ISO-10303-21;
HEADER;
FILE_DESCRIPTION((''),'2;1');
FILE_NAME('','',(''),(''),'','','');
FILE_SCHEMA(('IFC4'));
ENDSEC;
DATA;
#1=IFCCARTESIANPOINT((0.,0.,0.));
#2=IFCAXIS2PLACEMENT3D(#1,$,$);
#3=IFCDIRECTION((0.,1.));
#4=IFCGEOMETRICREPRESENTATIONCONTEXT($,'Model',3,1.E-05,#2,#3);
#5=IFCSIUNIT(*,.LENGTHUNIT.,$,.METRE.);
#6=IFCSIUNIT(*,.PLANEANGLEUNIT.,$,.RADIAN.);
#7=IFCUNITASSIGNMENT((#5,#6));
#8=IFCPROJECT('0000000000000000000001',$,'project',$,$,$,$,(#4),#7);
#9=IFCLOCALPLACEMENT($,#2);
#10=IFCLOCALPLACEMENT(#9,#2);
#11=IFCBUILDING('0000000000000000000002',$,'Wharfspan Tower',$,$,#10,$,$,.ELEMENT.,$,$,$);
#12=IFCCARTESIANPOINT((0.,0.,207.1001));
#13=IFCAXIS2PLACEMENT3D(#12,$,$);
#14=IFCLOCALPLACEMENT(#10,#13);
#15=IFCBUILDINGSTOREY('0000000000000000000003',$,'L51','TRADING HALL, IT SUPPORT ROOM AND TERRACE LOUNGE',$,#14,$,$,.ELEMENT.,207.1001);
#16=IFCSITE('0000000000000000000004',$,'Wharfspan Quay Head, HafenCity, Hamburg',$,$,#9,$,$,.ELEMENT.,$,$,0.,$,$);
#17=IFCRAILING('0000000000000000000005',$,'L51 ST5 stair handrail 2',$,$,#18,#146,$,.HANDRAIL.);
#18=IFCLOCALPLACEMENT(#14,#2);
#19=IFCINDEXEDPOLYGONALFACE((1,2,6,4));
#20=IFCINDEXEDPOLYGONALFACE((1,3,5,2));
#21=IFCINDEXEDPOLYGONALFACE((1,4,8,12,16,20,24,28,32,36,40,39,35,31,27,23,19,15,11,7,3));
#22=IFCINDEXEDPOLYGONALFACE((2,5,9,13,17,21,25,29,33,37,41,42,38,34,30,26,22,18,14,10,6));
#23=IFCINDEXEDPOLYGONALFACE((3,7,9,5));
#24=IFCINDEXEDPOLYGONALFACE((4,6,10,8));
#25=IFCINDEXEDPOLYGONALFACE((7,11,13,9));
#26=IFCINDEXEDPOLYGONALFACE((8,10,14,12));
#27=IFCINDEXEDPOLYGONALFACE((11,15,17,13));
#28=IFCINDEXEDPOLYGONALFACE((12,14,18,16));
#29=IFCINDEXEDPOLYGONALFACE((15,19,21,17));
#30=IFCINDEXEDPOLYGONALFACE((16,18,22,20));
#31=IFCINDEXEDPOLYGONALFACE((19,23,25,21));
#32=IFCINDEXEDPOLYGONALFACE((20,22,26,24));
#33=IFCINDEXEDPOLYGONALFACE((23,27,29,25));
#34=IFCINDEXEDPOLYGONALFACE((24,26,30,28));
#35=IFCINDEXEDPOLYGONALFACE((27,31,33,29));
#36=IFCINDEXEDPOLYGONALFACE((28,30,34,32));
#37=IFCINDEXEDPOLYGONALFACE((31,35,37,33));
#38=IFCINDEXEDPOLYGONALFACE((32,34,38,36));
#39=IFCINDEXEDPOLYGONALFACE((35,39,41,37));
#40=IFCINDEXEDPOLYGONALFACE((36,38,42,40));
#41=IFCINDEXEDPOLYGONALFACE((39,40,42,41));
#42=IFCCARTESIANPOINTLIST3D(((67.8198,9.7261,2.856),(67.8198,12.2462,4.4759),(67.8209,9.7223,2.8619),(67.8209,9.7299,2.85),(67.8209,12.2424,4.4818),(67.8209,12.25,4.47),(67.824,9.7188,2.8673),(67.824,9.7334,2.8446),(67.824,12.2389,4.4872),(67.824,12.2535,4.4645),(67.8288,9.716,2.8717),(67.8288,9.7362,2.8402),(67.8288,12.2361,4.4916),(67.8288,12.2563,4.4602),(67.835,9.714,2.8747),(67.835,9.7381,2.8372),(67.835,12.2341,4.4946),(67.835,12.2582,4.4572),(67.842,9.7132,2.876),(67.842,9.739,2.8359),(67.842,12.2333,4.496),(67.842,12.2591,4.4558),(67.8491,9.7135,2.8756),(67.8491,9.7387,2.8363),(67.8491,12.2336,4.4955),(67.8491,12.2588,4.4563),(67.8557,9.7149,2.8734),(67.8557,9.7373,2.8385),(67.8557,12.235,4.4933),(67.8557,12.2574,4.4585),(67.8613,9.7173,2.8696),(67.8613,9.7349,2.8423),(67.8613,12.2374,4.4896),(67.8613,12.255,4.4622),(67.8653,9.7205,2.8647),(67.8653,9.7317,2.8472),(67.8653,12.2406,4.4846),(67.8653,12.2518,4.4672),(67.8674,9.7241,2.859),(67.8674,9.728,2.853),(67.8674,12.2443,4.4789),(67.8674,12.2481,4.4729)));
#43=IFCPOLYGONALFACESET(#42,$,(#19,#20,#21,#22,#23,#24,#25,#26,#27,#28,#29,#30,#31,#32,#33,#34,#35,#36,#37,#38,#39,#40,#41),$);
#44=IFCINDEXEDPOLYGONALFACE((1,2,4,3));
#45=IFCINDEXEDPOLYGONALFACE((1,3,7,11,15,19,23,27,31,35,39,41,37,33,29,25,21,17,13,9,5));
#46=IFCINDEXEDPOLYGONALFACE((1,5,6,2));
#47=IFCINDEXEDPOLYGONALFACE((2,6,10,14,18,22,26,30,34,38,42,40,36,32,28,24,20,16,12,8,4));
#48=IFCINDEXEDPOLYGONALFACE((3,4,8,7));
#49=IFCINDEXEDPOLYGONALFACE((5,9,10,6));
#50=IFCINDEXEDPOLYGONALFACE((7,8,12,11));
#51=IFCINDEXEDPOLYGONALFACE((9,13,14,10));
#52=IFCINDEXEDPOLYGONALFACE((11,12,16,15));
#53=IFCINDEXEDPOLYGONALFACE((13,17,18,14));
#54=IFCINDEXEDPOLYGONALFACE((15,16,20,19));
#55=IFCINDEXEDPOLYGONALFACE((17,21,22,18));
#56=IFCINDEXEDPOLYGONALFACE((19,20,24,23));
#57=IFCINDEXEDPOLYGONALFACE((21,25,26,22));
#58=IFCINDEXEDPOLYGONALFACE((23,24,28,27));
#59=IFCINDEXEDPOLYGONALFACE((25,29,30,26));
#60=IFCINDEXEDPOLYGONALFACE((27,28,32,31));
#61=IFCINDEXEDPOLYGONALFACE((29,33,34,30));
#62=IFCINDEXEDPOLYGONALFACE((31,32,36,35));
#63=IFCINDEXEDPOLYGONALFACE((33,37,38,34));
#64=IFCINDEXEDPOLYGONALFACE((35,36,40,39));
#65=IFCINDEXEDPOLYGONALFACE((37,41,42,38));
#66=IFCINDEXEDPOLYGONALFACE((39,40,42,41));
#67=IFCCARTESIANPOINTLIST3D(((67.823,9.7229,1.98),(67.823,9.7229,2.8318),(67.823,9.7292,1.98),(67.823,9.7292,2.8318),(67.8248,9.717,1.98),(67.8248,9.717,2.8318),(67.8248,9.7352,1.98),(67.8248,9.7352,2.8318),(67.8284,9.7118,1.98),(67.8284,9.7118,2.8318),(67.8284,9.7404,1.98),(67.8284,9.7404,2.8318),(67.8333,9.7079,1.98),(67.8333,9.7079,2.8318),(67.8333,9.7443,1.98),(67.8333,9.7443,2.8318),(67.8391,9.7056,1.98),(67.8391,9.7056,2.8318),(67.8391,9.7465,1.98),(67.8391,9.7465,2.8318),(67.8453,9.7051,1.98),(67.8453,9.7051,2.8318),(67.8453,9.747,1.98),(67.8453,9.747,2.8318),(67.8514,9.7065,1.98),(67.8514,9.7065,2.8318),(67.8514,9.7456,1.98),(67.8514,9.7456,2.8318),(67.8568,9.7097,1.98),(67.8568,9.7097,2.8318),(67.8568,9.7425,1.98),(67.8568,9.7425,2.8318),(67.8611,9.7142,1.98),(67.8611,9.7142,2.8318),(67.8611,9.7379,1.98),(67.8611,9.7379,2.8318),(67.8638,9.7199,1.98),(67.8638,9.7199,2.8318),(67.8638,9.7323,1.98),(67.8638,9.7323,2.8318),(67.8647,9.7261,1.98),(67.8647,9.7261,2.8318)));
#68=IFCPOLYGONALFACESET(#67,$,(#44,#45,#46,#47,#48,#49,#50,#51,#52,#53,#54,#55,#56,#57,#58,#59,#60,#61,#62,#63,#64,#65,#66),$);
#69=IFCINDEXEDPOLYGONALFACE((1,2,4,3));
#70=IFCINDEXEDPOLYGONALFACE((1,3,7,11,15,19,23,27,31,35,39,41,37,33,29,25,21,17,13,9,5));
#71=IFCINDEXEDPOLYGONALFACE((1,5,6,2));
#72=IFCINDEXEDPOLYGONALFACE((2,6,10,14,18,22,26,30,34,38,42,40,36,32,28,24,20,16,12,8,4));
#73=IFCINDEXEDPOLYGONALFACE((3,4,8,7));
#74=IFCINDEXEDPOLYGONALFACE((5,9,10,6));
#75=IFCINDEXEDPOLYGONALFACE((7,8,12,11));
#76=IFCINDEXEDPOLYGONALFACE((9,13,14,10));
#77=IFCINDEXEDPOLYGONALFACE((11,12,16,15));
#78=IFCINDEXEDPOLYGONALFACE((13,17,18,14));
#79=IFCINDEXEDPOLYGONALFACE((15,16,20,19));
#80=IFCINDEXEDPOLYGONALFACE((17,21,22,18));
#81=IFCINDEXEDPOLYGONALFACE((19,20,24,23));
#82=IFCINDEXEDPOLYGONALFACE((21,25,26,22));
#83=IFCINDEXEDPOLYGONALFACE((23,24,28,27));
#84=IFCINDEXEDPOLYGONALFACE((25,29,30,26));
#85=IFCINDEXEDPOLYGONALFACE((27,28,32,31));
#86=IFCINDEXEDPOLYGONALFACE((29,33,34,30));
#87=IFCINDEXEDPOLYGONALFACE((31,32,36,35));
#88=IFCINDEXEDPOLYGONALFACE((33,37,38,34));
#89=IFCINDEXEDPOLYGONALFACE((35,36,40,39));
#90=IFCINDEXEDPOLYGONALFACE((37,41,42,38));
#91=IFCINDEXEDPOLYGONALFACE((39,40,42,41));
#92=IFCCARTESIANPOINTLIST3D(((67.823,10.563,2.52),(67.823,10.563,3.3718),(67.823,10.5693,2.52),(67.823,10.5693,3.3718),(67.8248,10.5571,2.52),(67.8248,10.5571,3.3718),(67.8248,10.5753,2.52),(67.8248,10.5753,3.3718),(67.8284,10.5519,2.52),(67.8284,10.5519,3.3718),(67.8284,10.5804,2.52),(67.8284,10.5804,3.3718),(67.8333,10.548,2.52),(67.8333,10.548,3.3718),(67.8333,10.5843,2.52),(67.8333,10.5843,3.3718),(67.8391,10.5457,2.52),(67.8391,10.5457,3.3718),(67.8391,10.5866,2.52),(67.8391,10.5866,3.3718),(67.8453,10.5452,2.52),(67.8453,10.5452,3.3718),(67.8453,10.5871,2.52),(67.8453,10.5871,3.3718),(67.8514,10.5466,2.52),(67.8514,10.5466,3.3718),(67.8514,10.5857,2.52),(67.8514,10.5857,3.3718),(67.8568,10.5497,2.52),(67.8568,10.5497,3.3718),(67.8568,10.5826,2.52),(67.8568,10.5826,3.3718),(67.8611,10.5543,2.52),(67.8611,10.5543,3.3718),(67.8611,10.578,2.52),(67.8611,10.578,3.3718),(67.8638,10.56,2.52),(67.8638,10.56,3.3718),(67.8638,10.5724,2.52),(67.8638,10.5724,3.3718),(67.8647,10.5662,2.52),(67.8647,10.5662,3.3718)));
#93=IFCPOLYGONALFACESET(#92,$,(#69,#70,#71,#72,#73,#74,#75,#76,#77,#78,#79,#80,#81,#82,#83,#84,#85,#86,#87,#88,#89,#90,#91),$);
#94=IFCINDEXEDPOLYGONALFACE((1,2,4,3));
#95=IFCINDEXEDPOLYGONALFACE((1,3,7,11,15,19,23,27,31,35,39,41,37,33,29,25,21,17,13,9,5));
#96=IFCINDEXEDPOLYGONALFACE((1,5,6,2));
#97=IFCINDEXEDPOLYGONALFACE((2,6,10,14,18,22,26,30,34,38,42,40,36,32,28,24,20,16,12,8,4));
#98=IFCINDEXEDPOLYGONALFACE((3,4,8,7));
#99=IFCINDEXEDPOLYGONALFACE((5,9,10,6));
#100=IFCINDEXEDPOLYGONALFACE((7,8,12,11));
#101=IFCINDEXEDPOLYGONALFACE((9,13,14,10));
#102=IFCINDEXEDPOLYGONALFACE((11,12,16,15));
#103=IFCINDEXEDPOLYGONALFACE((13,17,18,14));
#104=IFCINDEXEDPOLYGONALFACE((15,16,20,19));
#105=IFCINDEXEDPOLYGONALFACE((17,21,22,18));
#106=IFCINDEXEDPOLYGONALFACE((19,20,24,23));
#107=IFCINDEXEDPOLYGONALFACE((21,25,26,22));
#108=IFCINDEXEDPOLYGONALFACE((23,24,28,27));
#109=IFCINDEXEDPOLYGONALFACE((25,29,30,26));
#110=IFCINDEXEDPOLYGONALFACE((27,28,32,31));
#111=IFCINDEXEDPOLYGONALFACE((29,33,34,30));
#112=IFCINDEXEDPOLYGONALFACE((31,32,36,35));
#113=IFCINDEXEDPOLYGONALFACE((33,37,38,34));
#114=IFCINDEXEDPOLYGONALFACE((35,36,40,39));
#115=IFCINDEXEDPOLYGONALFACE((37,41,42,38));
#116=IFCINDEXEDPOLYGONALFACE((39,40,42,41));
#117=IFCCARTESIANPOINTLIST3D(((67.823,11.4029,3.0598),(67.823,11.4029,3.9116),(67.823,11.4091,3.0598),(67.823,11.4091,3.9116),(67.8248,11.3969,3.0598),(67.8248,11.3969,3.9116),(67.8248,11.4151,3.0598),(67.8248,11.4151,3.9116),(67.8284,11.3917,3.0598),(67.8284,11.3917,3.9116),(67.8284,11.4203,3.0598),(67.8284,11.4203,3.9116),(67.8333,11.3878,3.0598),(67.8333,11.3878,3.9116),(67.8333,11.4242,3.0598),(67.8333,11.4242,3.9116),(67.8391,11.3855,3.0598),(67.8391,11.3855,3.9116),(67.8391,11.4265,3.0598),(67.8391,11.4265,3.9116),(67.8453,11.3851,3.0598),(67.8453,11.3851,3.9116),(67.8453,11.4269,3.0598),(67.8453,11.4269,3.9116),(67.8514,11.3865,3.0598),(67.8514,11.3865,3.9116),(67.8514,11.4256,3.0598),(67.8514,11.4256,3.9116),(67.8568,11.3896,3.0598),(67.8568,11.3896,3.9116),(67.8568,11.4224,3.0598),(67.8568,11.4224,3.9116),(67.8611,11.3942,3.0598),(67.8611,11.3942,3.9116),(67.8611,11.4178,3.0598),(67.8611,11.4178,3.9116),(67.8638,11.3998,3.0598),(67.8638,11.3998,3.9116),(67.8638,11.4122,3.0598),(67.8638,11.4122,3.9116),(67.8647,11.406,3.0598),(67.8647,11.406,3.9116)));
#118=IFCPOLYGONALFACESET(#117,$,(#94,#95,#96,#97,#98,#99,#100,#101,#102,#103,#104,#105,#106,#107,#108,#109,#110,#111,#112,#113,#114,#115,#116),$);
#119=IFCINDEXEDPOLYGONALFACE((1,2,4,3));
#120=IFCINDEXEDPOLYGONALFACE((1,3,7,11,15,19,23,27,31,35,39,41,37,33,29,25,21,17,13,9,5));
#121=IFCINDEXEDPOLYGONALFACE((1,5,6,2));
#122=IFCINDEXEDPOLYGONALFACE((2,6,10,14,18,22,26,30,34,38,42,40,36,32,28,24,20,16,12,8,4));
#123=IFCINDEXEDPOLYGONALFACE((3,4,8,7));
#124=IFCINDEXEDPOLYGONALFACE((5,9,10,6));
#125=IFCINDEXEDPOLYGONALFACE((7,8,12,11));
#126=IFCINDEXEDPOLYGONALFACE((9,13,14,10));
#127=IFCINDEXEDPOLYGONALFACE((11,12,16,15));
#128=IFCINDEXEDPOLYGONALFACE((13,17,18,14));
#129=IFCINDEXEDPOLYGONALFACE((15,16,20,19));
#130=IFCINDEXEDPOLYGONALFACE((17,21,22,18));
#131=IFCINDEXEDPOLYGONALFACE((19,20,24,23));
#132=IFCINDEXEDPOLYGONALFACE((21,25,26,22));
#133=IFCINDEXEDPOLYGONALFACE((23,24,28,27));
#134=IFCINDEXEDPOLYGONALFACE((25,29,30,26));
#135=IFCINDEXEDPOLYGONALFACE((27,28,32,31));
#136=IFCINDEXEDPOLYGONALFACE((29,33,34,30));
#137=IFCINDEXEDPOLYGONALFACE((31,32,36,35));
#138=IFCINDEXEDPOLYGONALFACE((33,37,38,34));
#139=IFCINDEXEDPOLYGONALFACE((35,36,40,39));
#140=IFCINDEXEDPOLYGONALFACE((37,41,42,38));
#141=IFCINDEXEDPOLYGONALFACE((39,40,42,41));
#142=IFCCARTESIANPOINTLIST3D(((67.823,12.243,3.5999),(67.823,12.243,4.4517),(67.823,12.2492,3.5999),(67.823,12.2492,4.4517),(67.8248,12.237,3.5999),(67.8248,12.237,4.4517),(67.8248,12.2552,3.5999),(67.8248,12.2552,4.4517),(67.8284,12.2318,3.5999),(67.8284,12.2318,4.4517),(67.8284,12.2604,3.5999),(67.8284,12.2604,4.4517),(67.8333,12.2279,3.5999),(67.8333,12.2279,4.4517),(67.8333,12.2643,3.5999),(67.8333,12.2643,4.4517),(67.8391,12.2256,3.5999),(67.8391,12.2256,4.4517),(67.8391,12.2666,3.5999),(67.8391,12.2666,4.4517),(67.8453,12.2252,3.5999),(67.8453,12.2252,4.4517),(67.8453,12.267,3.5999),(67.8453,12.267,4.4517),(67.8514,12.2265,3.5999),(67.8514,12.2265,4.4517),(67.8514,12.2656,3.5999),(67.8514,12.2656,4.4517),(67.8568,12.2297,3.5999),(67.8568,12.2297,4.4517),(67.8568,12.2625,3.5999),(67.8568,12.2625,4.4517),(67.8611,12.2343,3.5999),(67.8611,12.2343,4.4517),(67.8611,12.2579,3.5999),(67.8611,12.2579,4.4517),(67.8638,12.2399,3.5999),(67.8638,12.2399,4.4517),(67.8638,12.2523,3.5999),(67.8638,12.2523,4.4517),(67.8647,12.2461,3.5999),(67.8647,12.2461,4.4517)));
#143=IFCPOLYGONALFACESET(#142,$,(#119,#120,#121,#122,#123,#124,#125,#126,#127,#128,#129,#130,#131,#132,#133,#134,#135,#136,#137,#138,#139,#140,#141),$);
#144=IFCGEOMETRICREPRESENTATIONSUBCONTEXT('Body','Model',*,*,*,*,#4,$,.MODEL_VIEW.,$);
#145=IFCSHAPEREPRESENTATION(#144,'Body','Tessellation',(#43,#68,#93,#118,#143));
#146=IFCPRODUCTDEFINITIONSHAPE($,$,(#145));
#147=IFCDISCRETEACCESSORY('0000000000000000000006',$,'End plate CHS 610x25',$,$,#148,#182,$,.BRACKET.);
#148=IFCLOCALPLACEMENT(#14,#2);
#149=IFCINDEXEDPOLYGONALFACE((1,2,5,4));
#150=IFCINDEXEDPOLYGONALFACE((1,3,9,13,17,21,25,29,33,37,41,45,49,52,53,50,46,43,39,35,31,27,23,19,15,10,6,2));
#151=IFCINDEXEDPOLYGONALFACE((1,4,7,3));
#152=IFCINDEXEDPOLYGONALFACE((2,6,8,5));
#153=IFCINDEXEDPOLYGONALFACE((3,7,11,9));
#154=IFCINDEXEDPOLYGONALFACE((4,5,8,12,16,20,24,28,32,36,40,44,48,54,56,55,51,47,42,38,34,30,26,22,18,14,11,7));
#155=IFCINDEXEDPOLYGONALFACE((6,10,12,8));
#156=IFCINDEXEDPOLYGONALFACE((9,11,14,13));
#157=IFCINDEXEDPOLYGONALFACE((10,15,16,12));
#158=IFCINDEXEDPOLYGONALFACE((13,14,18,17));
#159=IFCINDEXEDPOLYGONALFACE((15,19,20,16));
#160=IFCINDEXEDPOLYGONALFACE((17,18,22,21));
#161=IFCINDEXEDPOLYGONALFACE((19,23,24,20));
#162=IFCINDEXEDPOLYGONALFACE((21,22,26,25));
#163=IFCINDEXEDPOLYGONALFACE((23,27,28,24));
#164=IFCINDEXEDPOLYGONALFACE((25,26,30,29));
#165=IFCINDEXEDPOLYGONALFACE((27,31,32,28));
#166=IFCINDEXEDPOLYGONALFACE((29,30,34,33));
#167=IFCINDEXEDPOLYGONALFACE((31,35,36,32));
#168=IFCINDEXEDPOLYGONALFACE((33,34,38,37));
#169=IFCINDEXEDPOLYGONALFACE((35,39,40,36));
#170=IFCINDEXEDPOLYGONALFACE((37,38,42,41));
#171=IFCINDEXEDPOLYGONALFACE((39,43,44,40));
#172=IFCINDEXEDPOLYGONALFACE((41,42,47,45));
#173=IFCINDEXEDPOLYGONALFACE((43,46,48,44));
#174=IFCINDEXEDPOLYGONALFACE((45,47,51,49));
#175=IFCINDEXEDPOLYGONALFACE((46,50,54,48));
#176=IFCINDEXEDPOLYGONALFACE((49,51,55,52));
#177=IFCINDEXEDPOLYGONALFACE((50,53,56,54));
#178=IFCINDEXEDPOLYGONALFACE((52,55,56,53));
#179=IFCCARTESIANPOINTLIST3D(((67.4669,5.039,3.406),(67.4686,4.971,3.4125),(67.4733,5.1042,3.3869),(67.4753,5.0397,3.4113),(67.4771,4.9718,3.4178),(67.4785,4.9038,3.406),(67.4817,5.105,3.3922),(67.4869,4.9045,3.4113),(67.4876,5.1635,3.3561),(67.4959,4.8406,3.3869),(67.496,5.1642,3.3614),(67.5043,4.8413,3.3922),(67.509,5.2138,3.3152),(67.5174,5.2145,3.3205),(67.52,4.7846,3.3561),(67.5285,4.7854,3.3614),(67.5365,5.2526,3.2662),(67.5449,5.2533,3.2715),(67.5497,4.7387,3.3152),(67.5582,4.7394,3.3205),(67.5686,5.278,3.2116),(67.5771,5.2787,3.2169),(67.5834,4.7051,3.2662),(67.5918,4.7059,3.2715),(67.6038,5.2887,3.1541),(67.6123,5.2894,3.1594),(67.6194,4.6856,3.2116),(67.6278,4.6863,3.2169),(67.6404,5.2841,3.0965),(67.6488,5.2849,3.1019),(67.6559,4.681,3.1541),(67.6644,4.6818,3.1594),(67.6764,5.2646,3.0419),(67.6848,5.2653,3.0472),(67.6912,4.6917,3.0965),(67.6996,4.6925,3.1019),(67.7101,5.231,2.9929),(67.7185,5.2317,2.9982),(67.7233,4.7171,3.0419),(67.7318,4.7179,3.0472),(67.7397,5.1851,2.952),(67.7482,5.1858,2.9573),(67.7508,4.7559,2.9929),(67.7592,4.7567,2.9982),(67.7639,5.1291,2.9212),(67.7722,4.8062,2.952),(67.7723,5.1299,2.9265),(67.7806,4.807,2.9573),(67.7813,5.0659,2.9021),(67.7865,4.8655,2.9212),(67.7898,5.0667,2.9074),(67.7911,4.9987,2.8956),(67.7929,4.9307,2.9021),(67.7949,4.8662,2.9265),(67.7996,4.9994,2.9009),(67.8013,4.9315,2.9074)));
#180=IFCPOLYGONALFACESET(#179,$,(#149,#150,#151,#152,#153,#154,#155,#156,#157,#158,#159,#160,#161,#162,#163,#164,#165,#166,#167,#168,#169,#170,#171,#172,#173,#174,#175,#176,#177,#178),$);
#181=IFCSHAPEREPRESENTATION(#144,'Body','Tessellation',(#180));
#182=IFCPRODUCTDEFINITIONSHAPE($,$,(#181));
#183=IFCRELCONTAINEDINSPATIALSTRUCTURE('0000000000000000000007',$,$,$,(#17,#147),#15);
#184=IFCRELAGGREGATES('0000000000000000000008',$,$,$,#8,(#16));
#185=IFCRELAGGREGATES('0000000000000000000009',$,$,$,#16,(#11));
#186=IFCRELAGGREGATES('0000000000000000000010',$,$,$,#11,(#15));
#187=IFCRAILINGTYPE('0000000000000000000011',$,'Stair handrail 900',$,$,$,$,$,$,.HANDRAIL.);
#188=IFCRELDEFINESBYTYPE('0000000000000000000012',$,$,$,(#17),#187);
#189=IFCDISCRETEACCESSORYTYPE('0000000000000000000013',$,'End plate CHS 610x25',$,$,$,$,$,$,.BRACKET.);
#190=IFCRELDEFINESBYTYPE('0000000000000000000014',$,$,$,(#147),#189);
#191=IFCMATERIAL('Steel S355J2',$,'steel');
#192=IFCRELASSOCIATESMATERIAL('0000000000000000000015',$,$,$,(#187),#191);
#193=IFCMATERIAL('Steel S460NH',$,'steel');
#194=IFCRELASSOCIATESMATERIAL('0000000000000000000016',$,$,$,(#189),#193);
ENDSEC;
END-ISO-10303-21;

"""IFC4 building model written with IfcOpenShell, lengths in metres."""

from ifc_helpers import new_model, si_unit, direction, frame, origin, origin_2d, place, context, subcontext, project, spatial, circle, extrude, material, material_profile, profile_set, type_object, element, save


model = new_model("IFC4")

# Units and contexts
model_context = context("Model", 3, precision=1e-05, world=origin(), true_north=direction((0.0, 1.0)))
body_context = subcontext(model_context, "Body", "Model", "MODEL_VIEW")
ifc_project = project(units=[si_unit("LENGTHUNIT", "METRE"), si_unit("PLANEANGLEUNIT", "RADIAN")], contexts=[model_context])

# Site, building, storey
site_placement = place(None, origin())
site = spatial("IfcSite", under=ifc_project, at=site_placement, Name="Wharfspan Quay Head, HafenCity, Hamburg", CompositionType="ELEMENT", RefElevation=0.0)
building_placement = place(site_placement, origin())
building = spatial("IfcBuilding", under=site, at=building_placement, Name="Wharfspan Tower", CompositionType="ELEMENT")
storey_placement = place(building_placement, frame((0.0, 0.0, 207.1001)))
storey = spatial("IfcBuildingStorey", under=building, at=storey_placement, Name="L51", Description="TRADING HALL, IT SUPPORT ROOM AND TERRACE LOUNGE", CompositionType="ELEMENT", Elevation=207.1001)

# Shared definitions
ifc_material_1 = material(Name="Steel S355J2", Category="steel")

# Shared definitions
ifc_material_2 = material(Name="Steel S460NH", Category="steel")

# Railing
railing_type_1 = type_object("IfcRailingType", Name="Stair handrail 900", PredefinedType="HANDRAIL", material=ifc_material_1)
railing_1_placement = place(storey_placement, frame((67.8438, 9.7261, 1.98)))
element("IfcRailing", 1, at=railing_1_placement, inside=storey, type_object=railing_type_1, Name="L51 ST5 stair handrail 2", PredefinedType="HANDRAIL", context=body_context, shape_type="SweptSolid", body=[
    extrude(circle(Radius=0.0239, at=origin_2d()), frame((0.0, 0.0, 0.876), z_axis=(0.0, 0.8412, 0.540725), x_axis=(-1.0, 0.0, 0.0)), (0.0, 0.0, 1.0), 2.9958),
    extrude(circle(Radius=0.021, at=origin_2d()), origin(), (0.0, 0.0, 1.0), 0.8518),
    extrude(circle(Radius=0.021, at=origin_2d()), frame((0.0, 0.8401, 0.54)), (0.0, 0.0, 1.0), 0.8518),
    extrude(circle(Radius=0.021, at=origin_2d()), frame((0.0, 1.6799, 1.0798)), (0.0, 0.0, 1.0), 0.8518),
    extrude(circle(Radius=0.021, at=origin_2d()), frame((0.0, 2.52, 1.6199)), (0.0, 0.0, 1.0), 0.8518),
])

# Discrete accessory
ifc_material_profile_1 = material_profile(ifc_material_2, circle(Radius=0.3049, at=origin_2d()))
ifc_profile_set_1 = profile_set([ifc_material_profile_1], Name="Steel S460NH")
discrete_accessory_type = type_object("IfcDiscreteAccessoryType", Name="End plate CHS 610x25", PredefinedType="BRACKET", material=ifc_profile_set_1)
for number, where, z_axis, x_axis, name in (
    (2, (67.6299, 4.9849, 3.1541), (0.844416, 0.072379, 0.530776), (-0.085402, 0.99635, 0.0), "End plate CHS 610x25"),
):
    element("IfcDiscreteAccessory", number, at=place(storey_placement, frame(where, z_axis=z_axis, x_axis=x_axis)), inside=storey, type_object=discrete_accessory_type, Name=name, PredefinedType="BRACKET", context=body_context, shape_type="SweptSolid", body=[
        extrude(circle(Radius=0.3049, at=origin_2d()), origin(), (0.0, 0.0, 1.0), 0.01),
    ])

save(model, "model.ifc")
